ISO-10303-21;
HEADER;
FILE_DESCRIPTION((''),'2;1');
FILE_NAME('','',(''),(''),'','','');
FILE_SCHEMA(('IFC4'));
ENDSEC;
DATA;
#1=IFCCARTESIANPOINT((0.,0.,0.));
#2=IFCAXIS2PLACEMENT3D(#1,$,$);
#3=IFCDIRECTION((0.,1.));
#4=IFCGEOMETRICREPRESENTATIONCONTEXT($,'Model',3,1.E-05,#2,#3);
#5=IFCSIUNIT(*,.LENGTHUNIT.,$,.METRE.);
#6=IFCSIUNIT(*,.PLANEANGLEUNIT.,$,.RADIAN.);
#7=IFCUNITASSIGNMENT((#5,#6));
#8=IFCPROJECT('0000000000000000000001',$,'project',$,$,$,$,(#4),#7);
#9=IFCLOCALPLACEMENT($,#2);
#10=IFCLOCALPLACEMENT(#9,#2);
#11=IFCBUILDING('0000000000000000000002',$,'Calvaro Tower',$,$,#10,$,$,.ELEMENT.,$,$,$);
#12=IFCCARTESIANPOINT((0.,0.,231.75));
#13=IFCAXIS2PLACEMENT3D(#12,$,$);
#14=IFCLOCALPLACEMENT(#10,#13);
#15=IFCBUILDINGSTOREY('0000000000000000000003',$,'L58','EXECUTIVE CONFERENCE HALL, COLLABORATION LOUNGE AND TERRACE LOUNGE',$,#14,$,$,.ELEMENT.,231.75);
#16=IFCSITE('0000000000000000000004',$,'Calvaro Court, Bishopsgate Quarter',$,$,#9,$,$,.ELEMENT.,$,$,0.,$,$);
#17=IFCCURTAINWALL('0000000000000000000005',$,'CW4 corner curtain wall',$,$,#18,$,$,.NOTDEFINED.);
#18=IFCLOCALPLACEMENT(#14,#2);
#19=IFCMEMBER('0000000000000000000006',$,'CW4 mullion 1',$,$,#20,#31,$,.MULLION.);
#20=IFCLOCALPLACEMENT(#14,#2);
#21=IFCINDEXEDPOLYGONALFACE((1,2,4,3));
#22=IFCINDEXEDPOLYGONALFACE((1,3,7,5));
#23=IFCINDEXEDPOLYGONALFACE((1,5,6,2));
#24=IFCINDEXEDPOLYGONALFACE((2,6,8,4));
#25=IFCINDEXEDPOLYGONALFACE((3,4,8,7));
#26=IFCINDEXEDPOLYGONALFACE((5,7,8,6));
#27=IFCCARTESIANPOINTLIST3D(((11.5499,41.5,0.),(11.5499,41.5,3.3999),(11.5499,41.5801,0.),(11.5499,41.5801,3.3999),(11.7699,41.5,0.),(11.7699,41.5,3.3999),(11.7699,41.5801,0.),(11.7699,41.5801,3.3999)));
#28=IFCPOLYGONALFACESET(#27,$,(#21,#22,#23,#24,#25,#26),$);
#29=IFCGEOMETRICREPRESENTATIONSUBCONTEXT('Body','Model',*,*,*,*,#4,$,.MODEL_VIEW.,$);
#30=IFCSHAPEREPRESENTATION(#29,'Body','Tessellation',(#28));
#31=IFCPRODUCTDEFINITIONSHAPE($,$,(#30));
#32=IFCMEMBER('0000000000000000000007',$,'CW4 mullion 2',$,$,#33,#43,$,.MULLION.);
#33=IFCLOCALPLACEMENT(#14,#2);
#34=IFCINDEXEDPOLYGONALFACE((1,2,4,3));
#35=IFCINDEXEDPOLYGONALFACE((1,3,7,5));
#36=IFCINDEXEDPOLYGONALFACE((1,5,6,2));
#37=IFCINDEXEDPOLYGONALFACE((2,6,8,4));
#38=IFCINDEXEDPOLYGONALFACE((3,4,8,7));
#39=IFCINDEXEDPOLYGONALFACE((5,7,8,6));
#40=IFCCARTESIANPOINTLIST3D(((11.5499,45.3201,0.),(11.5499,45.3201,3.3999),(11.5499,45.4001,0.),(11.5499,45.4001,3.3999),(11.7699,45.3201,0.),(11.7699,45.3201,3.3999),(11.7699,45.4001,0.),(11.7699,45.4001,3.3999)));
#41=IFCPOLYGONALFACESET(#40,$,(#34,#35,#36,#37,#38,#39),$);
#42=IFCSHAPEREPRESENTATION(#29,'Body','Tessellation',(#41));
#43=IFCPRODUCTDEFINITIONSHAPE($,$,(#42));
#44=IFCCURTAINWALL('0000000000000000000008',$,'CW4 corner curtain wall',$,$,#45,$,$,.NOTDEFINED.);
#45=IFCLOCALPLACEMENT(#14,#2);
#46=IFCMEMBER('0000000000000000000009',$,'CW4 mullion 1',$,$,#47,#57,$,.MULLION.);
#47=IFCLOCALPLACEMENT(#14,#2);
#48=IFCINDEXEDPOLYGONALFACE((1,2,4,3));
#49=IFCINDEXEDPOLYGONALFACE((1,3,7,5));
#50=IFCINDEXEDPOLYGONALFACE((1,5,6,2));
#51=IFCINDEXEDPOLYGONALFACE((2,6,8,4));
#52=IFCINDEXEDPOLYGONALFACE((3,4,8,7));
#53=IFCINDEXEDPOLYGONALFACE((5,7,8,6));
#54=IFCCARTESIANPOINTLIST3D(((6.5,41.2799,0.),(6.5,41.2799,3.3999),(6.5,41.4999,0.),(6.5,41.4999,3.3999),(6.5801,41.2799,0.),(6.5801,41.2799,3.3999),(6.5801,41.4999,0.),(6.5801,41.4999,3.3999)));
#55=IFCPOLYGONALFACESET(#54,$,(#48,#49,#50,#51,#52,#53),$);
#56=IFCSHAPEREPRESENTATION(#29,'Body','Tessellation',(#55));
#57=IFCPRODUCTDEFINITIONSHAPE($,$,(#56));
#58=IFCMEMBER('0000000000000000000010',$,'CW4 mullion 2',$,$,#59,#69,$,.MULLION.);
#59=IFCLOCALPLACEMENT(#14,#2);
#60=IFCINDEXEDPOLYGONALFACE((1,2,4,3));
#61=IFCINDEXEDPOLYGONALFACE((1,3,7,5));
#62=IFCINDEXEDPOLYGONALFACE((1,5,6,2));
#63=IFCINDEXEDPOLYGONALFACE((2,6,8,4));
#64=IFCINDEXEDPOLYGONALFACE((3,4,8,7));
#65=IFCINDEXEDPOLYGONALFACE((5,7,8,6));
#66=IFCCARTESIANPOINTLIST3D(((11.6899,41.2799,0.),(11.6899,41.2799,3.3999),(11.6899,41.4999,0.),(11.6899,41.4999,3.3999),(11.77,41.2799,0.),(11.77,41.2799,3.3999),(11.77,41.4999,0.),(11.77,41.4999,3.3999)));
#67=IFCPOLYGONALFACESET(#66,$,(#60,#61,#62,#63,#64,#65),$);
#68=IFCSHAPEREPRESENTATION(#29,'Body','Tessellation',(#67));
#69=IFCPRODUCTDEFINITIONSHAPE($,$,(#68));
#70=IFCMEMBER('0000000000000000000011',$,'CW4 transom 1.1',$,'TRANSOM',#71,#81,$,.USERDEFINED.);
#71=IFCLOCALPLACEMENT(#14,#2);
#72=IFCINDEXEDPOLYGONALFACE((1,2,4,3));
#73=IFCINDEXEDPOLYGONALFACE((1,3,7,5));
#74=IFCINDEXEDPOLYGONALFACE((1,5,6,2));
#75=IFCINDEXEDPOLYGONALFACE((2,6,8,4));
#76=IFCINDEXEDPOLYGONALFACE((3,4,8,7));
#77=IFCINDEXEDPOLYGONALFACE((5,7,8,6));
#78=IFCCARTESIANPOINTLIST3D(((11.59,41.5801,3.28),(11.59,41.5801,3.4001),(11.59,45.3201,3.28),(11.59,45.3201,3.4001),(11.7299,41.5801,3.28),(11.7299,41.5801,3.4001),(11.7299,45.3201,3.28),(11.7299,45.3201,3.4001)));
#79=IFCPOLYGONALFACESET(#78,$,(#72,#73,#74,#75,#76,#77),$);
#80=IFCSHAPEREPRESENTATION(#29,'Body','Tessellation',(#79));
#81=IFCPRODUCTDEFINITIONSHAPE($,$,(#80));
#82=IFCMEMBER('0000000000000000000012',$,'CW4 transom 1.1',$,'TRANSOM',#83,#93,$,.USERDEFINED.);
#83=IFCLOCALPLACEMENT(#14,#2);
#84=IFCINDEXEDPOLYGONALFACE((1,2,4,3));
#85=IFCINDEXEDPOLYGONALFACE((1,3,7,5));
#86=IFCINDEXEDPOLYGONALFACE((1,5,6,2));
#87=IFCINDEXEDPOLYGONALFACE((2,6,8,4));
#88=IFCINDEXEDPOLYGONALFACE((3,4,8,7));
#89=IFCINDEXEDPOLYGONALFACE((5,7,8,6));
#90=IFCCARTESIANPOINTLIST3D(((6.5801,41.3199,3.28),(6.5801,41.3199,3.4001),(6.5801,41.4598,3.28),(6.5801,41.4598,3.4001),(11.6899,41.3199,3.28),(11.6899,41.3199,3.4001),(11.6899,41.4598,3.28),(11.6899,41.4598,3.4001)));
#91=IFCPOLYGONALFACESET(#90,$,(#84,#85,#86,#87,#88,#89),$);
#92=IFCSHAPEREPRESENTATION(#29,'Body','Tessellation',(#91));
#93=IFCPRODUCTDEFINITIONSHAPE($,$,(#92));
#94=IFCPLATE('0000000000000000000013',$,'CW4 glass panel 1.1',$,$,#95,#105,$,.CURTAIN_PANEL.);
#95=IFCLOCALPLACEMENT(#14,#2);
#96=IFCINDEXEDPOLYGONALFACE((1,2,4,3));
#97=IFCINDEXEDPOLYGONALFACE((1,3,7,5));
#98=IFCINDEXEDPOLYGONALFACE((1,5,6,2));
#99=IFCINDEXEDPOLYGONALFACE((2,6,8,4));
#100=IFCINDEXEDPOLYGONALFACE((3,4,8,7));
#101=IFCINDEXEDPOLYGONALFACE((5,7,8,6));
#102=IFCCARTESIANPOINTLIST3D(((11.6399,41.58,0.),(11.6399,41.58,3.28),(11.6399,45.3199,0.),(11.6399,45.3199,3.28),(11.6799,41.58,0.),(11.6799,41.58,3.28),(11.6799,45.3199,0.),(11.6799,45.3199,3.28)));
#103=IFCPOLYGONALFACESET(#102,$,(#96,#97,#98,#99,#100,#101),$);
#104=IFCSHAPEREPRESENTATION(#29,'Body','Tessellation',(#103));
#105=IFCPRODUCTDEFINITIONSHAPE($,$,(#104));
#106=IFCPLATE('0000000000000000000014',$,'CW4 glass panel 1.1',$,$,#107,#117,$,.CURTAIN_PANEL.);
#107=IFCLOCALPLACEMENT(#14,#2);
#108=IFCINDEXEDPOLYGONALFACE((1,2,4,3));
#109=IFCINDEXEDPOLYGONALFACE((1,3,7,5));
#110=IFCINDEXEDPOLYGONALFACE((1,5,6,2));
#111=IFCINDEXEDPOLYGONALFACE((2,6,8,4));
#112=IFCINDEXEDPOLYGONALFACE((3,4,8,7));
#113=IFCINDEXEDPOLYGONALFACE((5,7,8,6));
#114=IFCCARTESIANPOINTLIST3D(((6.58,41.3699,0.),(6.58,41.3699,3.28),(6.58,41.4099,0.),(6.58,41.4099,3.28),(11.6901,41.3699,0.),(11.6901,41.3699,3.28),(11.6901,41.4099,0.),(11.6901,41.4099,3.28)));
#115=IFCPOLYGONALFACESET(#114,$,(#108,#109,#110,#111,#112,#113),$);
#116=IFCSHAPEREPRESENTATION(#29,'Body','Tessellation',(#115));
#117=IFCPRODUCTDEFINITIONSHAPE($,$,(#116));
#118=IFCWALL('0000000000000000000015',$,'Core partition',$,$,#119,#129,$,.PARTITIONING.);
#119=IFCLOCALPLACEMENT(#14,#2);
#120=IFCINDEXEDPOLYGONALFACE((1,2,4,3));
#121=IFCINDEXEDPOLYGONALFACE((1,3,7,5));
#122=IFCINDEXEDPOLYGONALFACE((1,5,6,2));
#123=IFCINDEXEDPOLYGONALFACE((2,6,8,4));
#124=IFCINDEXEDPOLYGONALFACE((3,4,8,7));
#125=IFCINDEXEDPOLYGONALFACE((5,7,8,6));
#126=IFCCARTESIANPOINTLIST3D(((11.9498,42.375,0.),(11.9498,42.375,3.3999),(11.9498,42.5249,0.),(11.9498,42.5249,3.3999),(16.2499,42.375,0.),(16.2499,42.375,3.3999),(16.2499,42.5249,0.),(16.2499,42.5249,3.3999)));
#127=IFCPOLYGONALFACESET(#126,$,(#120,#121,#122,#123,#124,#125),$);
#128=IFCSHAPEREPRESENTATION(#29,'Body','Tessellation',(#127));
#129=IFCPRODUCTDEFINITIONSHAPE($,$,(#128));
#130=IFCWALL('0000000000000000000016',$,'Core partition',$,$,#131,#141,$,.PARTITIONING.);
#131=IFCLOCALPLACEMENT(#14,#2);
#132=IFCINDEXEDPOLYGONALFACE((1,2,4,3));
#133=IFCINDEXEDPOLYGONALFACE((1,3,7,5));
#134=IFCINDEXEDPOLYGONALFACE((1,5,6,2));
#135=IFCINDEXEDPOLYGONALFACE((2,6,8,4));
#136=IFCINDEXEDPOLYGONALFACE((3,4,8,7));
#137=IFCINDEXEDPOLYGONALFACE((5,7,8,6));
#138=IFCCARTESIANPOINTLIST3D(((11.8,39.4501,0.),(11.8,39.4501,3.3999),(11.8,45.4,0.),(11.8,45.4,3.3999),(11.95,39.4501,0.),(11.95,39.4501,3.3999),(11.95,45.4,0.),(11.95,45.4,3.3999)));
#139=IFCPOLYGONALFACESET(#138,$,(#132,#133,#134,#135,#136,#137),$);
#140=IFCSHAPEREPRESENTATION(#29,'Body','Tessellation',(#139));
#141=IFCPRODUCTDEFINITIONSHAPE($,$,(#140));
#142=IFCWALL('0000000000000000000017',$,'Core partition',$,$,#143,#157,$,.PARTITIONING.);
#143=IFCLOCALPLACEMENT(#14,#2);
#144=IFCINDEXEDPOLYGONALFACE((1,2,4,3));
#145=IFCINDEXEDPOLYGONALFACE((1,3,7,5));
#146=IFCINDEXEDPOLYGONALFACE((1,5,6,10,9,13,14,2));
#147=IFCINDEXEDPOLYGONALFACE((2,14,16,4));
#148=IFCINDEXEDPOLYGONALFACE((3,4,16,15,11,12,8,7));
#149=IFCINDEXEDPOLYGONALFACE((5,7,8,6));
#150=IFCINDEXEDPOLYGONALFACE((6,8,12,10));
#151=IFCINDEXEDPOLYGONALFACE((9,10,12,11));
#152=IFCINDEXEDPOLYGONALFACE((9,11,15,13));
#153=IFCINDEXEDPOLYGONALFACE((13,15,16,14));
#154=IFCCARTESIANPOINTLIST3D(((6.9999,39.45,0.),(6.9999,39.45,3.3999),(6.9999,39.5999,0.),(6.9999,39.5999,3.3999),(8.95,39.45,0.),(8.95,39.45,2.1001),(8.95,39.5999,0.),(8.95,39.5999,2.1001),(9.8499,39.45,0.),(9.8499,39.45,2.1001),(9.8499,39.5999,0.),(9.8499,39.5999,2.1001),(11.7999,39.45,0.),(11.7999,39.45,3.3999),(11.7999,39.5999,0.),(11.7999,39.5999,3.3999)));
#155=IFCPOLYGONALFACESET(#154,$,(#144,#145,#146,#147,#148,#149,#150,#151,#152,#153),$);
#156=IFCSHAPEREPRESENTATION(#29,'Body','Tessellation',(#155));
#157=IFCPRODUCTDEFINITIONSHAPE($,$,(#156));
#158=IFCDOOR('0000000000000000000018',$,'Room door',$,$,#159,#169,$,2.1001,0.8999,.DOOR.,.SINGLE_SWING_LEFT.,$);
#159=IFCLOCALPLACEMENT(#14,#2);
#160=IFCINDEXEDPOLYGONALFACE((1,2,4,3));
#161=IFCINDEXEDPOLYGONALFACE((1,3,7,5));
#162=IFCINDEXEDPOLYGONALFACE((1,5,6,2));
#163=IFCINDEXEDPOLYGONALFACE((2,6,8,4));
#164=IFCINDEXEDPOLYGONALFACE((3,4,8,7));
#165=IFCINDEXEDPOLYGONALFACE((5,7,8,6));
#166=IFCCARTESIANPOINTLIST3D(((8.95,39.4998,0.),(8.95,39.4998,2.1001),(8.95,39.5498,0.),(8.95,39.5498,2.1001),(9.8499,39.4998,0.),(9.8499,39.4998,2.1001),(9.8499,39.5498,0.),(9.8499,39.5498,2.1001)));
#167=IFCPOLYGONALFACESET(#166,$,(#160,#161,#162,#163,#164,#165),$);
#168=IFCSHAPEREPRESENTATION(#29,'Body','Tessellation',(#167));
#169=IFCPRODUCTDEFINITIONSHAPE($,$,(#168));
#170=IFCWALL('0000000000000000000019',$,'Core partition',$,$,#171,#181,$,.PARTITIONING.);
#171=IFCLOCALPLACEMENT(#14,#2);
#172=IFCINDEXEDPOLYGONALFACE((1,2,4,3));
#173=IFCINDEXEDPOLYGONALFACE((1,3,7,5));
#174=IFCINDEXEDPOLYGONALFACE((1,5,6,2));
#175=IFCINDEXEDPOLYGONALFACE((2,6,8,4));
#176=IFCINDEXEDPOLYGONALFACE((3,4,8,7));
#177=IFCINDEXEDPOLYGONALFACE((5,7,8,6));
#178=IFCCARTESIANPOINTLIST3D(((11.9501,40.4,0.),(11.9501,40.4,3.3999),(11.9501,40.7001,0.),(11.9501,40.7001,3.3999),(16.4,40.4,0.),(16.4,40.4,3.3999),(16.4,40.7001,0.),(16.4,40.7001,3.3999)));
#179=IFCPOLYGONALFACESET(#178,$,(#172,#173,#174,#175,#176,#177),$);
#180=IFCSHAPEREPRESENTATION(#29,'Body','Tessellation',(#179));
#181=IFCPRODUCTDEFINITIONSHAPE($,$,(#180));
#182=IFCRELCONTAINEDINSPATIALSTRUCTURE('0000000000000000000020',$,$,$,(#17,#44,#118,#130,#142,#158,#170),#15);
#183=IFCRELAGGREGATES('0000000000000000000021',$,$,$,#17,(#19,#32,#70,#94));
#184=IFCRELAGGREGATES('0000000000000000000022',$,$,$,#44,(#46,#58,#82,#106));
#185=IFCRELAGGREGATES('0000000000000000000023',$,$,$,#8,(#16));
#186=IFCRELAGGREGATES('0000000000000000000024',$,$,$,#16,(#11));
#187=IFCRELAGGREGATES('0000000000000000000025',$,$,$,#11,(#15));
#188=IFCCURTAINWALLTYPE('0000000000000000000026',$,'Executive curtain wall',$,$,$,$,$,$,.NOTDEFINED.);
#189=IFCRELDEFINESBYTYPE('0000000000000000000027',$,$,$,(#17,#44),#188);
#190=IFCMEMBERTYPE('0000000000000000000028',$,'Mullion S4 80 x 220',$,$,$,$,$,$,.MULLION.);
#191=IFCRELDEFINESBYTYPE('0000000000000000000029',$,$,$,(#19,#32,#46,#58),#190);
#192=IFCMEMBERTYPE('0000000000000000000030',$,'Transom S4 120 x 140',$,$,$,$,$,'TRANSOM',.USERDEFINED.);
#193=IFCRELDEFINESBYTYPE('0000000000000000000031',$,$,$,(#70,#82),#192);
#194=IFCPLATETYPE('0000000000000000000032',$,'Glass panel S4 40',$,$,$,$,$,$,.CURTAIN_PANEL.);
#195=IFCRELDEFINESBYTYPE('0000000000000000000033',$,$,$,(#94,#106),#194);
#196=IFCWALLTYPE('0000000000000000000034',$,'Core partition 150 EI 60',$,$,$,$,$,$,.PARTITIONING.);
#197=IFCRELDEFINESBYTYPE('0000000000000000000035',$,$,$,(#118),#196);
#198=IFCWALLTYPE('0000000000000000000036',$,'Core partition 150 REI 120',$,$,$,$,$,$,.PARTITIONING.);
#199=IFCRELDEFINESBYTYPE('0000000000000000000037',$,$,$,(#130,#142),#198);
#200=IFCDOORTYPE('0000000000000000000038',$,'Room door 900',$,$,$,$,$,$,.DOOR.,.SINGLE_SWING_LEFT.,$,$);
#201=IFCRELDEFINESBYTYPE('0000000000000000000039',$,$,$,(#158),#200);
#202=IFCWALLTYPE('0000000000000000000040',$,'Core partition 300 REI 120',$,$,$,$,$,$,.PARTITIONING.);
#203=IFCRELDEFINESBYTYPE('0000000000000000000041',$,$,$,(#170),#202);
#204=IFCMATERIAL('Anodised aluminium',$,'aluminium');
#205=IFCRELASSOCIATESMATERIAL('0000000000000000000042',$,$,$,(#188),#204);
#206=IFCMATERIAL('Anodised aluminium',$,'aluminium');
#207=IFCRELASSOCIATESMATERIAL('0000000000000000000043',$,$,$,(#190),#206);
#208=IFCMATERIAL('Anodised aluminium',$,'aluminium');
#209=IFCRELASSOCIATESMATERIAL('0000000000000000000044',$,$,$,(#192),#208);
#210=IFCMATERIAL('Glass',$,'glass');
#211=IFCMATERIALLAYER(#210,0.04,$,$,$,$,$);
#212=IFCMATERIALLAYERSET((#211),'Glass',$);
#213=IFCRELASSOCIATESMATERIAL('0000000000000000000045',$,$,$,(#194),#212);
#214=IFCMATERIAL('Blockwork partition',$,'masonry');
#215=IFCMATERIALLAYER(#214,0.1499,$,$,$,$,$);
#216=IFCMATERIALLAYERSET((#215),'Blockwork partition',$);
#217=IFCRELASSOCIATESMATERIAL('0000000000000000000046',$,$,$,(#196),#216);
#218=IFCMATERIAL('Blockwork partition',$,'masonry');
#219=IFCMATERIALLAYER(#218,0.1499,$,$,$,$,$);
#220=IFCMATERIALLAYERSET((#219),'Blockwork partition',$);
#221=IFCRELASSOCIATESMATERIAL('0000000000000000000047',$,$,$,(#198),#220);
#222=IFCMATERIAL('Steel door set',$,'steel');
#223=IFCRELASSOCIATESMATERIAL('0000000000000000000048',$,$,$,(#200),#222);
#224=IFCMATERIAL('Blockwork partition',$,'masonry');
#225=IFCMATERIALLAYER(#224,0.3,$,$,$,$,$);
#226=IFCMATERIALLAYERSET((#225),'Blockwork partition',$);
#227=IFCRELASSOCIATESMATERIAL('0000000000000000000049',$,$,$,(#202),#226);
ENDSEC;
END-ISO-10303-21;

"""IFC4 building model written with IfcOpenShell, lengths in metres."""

from ifc_helpers import new_model, si_unit, direction, frame, frame_2d, origin, origin_2d, place, context, subcontext, project, spatial, rectangle, extrude, material, layer, layer_set, material_profile, profile_set, type_object, element, fill, aggregate, save


model = new_model("IFC4")

# Units and contexts
model_context = context("Model", 3, precision=1e-05, world=origin(), true_north=direction((0.0, 1.0)))
body_context = subcontext(model_context, "Body", "Model", "MODEL_VIEW")
ifc_project = project(units=[si_unit("LENGTHUNIT", "METRE"), si_unit("PLANEANGLEUNIT", "RADIAN")], contexts=[model_context])

# Site, building, storey
site_placement = place(None, origin())
site = spatial("IfcSite", under=ifc_project, at=site_placement, Name="Calvaro Court, Bishopsgate Quarter", CompositionType="ELEMENT", RefElevation=0.0)
building_placement = place(site_placement, origin())
building = spatial("IfcBuilding", under=site, at=building_placement, Name="Calvaro Tower", CompositionType="ELEMENT")
storey_placement = place(building_placement, frame((0.0, 0.0, 231.75)))
storey = spatial("IfcBuildingStorey", under=building, at=storey_placement, Name="L58", Description="EXECUTIVE CONFERENCE HALL, COLLABORATION LOUNGE AND TERRACE LOUNGE", CompositionType="ELEMENT", Elevation=231.75)

# Curtain walls, members
ifc_material_1 = material(Name="Anodised aluminium", Category="aluminium")
curtain_wall_type = type_object("IfcCurtainWallType", Name="Executive curtain wall", PredefinedType="NOTDEFINED", material=ifc_material_1)
curtain_wall_1_placement = place(storey_placement, origin())
curtain_wall_1 = element("IfcCurtainWall", 1, at=curtain_wall_1_placement, inside=storey, type_object=curtain_wall_type, Name="CW4 corner curtain wall", PredefinedType="NOTDEFINED")
ifc_material_2 = material(Name="Anodised aluminium", Category="aluminium")
ifc_material_profile_1 = material_profile(ifc_material_2, rectangle(XDim=0.22, YDim=0.0801, at=origin_2d()), Name="Mullion S4 80 x 220")
ifc_profile_set_1 = profile_set([ifc_material_profile_1], Name="Anodised aluminium")
member_type_1 = type_object("IfcMemberType", Name="Mullion S4 80 x 220", PredefinedType="MULLION", material=ifc_profile_set_1)
member_1_placement = place(storey_placement, frame((11.6599, 41.54, 0.0), z_axis=(0.0, 0.0, 1.0), x_axis=(-1.0, 0.0, 0.0)))
member_1 = element("IfcMember", 2, at=member_1_placement, type_object=member_type_1, Name="CW4 mullion 1", PredefinedType="MULLION", context=body_context, shape_type="SweptSolid", body=[
    extrude(rectangle(XDim=0.22, YDim=0.0801, at=origin_2d()), origin(), (0.0, 0.0, 1.0), 3.3999),
])
member_2_placement = place(storey_placement, frame((11.6599, 45.3601, 0.0), z_axis=(0.0, 0.0, 1.0), x_axis=(-1.0, 0.0, 0.0)))
member_2 = element("IfcMember", 3, at=member_2_placement, type_object=member_type_1, Name="CW4 mullion 2", PredefinedType="MULLION", context=body_context, shape_type="SweptSolid", body=[
    extrude(rectangle(XDim=0.22, YDim=0.0801, at=origin_2d()), origin(), (0.0, 0.0, 1.0), 3.3999),
])
curtain_wall_2_placement = place(storey_placement, origin())
curtain_wall_2 = element("IfcCurtainWall", 4, at=curtain_wall_2_placement, inside=storey, type_object=curtain_wall_type, Name="CW4 corner curtain wall", PredefinedType="NOTDEFINED")
member_3_placement = place(storey_placement, frame((6.54, 41.3899, 0.0), z_axis=(0.0, 0.0, 1.0), x_axis=(0.0, 1.0, 0.0)))
member_3 = element("IfcMember", 5, at=member_3_placement, type_object=member_type_1, Name="CW4 mullion 1", PredefinedType="MULLION", context=body_context, shape_type="SweptSolid", body=[
    extrude(rectangle(XDim=0.22, YDim=0.0801, at=origin_2d()), origin(), (0.0, 0.0, 1.0), 3.3999),
])
member_4_placement = place(storey_placement, frame((11.73, 41.3899, 0.0), z_axis=(0.0, 0.0, 1.0), x_axis=(0.0, 1.0, 0.0)))
member_4 = element("IfcMember", 6, at=member_4_placement, type_object=member_type_1, Name="CW4 mullion 2", PredefinedType="MULLION", context=body_context, shape_type="SweptSolid", body=[
    extrude(rectangle(XDim=0.22, YDim=0.0801, at=origin_2d()), origin(), (0.0, 0.0, 1.0), 3.3999),
])

# Members
ifc_material_3 = material(Name="Anodised aluminium", Category="aluminium")
ifc_material_profile_2 = material_profile(ifc_material_3, rectangle(XDim=0.1399, YDim=0.1201, at=origin_2d()), Name="Transom S4 120 x 140")
ifc_profile_set_2 = profile_set([ifc_material_profile_2], Name="Anodised aluminium")
member_type_2 = type_object("IfcMemberType", Name="Transom S4 120 x 140", ElementType="TRANSOM", PredefinedType="USERDEFINED", material=ifc_profile_set_2)
member_5_placement = place(storey_placement, frame((11.6599, 41.5801, 3.3401), z_axis=(0.0, 1.0, 0.0), x_axis=(-1.0, 0.0, 0.0)))
member_5 = element("IfcMember", 7, at=member_5_placement, type_object=member_type_2, Name="CW4 transom 1.1", ObjectType="TRANSOM", PredefinedType="USERDEFINED", context=body_context, shape_type="SweptSolid", body=[
    extrude(rectangle(XDim=0.1399, YDim=0.1201, at=origin_2d()), origin(), (0.0, 0.0, 1.0), 3.74),
])
member_6_placement = place(storey_placement, frame((6.5801, 41.3899, 3.3401), z_axis=(1.0, 0.0, 0.0), x_axis=(0.0, 1.0, 0.0)))
member_6 = element("IfcMember", 8, at=member_6_placement, type_object=member_type_2, Name="CW4 transom 1.1", ObjectType="TRANSOM", PredefinedType="USERDEFINED", context=body_context, shape_type="SweptSolid", body=[
    extrude(rectangle(XDim=0.1399, YDim=0.1201, at=origin_2d()), origin(), (0.0, 0.0, 1.0), 5.1099),
])

# Plates
ifc_material_4 = material(Name="Glass", Category="glass")
ifc_layer_1 = layer(ifc_material_4, 0.04)
ifc_layer_set_1 = layer_set([ifc_layer_1], Name="Glass")
plate_type = type_object("IfcPlateType", Name="Glass panel S4 40", PredefinedType="CURTAIN_PANEL", material=ifc_layer_set_1)
plate_1_placement = place(storey_placement, frame((11.6599, 43.45, 0.0), z_axis=(0.0, 0.0, 1.0), x_axis=(0.0, 1.0, 0.0)))
plate_1 = element("IfcPlate", 9, at=plate_1_placement, type_object=plate_type, Name="CW4 glass panel 1.1", PredefinedType="CURTAIN_PANEL", context=body_context, shape_type="SweptSolid", body=[
    extrude(rectangle(XDim=3.74, YDim=0.04, at=origin_2d()), origin(), (0.0, 0.0, 1.0), 3.28),
])
aggregate(curtain_wall_1, [member_1, member_2, member_5, plate_1])
plate_2_placement = place(storey_placement, frame((9.135, 41.3899, 0.0), z_axis=(0.0, 0.0, 1.0), x_axis=(1.0, 0.0, 0.0)))
plate_2 = element("IfcPlate", 10, at=plate_2_placement, type_object=plate_type, Name="CW4 glass panel 1.1", PredefinedType="CURTAIN_PANEL", context=body_context, shape_type="SweptSolid", body=[
    extrude(rectangle(XDim=5.1101, YDim=0.04, at=origin_2d()), origin(), (0.0, 0.0, 1.0), 3.28),
])
aggregate(curtain_wall_2, [member_3, member_4, member_6, plate_2])

# Walls
ifc_material_5 = material(Name="Blockwork partition", Category="masonry")
ifc_layer_2 = layer(ifc_material_5, 0.1499)
ifc_layer_set_2 = layer_set([ifc_layer_2], Name="Blockwork partition")
wall_type_1 = type_object("IfcWallType", Name="Core partition 150 EI 60", PredefinedType="PARTITIONING", material=ifc_layer_set_2)
wall_1_placement = place(storey_placement, frame((11.95, 42.45, 0.0), z_axis=(0.0, 0.0, 1.0), x_axis=(1.0, 0.0, 0.0)))
element("IfcWall", 11, at=wall_1_placement, inside=storey, type_object=wall_type_1, Name="Core partition", PredefinedType="PARTITIONING", context=body_context, shape_type="SweptSolid", body=[
    extrude(rectangle(XDim=4.3, YDim=0.1499, at=frame_2d((2.1499, 0.0))), origin(), (0.0, 0.0, 1.0), 3.3999),
])
ifc_material_6 = material(Name="Blockwork partition", Category="masonry")
ifc_layer_3 = layer(ifc_material_6, 0.1499)
ifc_layer_set_3 = layer_set([ifc_layer_3], Name="Blockwork partition")
wall_type_2 = type_object("IfcWallType", Name="Core partition 150 REI 120", PredefinedType="PARTITIONING", material=ifc_layer_set_3)
wall_2_placement = place(storey_placement, frame((11.875, 39.45, 0.0), z_axis=(0.0, 0.0, 1.0), x_axis=(0.0, 1.0, 0.0)))
element("IfcWall", 12, at=wall_2_placement, inside=storey, type_object=wall_type_2, Name="Core partition", PredefinedType="PARTITIONING", context=body_context, shape_type="SweptSolid", body=[
    extrude(rectangle(XDim=5.95, YDim=0.1499, at=frame_2d((2.9751, 0.0))), origin(), (0.0, 0.0, 1.0), 3.3999),
])

# Wall, opening, door
wall_3_placement = place(storey_placement, frame((7.0, 39.5249, 0.0), z_axis=(0.0, 0.0, 1.0), x_axis=(1.0, 0.0, 0.0)))
wall_3 = element("IfcWall", 13, at=wall_3_placement, inside=storey, type_object=wall_type_2, Name="Core partition", PredefinedType="PARTITIONING", context=body_context, shape_type="SweptSolid", body=[
    extrude(rectangle(XDim=4.8, YDim=0.1499, at=frame_2d((2.3999, 0.0))), origin(), (0.0, 0.0, 1.0), 3.3999),
])
opening_1_placement = place(wall_3_placement, frame((1.95, 0.0, 0.0)))
opening_1 = element("IfcOpeningElement", 14, at=opening_1_placement, cuts=wall_3, PredefinedType="OPENING", context=body_context, shape_type="SweptSolid", body=[
    extrude(rectangle(XDim=0.8999, YDim=2.1001, at=frame_2d((0.45, 1.05))), frame((0.0, 0.085, 0.0), z_axis=(0.0, -1.0, 0.0), x_axis=(1.0, 0.0, 0.0)), (0.0, 0.0, 1.0), 0.1699),
])
ifc_material_7 = material(Name="Steel door set", Category="steel")
door_type_1 = type_object("IfcDoorType", Name="Room door 900", OperationType="SINGLE_SWING_LEFT", PredefinedType="DOOR", material=ifc_material_7)
door_1_placement = place(opening_1_placement, origin())
door_1 = element("IfcDoor", 15, at=door_1_placement, inside=storey, type_object=door_type_1, Name="Room door", OperationType="SINGLE_SWING_LEFT", OverallHeight=2.1001, OverallWidth=0.8999, PredefinedType="DOOR", context=body_context, shape_type="SweptSolid", body=[
    extrude(rectangle(XDim=0.8999, YDim=2.1001, at=frame_2d((0.45, 1.05))), frame((0.0, 0.0249, 0.0), z_axis=(0.0, -1.0, 0.0), x_axis=(1.0, 0.0, 0.0)), (0.0, 0.0, 1.0), 0.05),
])
fill(opening_1, door_1)

# Wall
ifc_material_8 = material(Name="Blockwork partition", Category="masonry")
ifc_layer_4 = layer(ifc_material_8, 0.3)
ifc_layer_set_4 = layer_set([ifc_layer_4], Name="Blockwork partition")
wall_type_3 = type_object("IfcWallType", Name="Core partition 300 REI 120", PredefinedType="PARTITIONING", material=ifc_layer_set_4)
wall_4_placement = place(storey_placement, frame((11.95, 40.55, 0.0), z_axis=(0.0, 0.0, 1.0), x_axis=(1.0, 0.0, 0.0)))
element("IfcWall", 16, at=wall_4_placement, inside=storey, type_object=wall_type_3, Name="Core partition", PredefinedType="PARTITIONING", context=body_context, shape_type="SweptSolid", body=[
    extrude(rectangle(XDim=4.45, YDim=0.3, at=frame_2d((2.2251, 0.0))), origin(), (0.0, 0.0, 1.0), 3.3999),
])

save(model, "model.ifc")
